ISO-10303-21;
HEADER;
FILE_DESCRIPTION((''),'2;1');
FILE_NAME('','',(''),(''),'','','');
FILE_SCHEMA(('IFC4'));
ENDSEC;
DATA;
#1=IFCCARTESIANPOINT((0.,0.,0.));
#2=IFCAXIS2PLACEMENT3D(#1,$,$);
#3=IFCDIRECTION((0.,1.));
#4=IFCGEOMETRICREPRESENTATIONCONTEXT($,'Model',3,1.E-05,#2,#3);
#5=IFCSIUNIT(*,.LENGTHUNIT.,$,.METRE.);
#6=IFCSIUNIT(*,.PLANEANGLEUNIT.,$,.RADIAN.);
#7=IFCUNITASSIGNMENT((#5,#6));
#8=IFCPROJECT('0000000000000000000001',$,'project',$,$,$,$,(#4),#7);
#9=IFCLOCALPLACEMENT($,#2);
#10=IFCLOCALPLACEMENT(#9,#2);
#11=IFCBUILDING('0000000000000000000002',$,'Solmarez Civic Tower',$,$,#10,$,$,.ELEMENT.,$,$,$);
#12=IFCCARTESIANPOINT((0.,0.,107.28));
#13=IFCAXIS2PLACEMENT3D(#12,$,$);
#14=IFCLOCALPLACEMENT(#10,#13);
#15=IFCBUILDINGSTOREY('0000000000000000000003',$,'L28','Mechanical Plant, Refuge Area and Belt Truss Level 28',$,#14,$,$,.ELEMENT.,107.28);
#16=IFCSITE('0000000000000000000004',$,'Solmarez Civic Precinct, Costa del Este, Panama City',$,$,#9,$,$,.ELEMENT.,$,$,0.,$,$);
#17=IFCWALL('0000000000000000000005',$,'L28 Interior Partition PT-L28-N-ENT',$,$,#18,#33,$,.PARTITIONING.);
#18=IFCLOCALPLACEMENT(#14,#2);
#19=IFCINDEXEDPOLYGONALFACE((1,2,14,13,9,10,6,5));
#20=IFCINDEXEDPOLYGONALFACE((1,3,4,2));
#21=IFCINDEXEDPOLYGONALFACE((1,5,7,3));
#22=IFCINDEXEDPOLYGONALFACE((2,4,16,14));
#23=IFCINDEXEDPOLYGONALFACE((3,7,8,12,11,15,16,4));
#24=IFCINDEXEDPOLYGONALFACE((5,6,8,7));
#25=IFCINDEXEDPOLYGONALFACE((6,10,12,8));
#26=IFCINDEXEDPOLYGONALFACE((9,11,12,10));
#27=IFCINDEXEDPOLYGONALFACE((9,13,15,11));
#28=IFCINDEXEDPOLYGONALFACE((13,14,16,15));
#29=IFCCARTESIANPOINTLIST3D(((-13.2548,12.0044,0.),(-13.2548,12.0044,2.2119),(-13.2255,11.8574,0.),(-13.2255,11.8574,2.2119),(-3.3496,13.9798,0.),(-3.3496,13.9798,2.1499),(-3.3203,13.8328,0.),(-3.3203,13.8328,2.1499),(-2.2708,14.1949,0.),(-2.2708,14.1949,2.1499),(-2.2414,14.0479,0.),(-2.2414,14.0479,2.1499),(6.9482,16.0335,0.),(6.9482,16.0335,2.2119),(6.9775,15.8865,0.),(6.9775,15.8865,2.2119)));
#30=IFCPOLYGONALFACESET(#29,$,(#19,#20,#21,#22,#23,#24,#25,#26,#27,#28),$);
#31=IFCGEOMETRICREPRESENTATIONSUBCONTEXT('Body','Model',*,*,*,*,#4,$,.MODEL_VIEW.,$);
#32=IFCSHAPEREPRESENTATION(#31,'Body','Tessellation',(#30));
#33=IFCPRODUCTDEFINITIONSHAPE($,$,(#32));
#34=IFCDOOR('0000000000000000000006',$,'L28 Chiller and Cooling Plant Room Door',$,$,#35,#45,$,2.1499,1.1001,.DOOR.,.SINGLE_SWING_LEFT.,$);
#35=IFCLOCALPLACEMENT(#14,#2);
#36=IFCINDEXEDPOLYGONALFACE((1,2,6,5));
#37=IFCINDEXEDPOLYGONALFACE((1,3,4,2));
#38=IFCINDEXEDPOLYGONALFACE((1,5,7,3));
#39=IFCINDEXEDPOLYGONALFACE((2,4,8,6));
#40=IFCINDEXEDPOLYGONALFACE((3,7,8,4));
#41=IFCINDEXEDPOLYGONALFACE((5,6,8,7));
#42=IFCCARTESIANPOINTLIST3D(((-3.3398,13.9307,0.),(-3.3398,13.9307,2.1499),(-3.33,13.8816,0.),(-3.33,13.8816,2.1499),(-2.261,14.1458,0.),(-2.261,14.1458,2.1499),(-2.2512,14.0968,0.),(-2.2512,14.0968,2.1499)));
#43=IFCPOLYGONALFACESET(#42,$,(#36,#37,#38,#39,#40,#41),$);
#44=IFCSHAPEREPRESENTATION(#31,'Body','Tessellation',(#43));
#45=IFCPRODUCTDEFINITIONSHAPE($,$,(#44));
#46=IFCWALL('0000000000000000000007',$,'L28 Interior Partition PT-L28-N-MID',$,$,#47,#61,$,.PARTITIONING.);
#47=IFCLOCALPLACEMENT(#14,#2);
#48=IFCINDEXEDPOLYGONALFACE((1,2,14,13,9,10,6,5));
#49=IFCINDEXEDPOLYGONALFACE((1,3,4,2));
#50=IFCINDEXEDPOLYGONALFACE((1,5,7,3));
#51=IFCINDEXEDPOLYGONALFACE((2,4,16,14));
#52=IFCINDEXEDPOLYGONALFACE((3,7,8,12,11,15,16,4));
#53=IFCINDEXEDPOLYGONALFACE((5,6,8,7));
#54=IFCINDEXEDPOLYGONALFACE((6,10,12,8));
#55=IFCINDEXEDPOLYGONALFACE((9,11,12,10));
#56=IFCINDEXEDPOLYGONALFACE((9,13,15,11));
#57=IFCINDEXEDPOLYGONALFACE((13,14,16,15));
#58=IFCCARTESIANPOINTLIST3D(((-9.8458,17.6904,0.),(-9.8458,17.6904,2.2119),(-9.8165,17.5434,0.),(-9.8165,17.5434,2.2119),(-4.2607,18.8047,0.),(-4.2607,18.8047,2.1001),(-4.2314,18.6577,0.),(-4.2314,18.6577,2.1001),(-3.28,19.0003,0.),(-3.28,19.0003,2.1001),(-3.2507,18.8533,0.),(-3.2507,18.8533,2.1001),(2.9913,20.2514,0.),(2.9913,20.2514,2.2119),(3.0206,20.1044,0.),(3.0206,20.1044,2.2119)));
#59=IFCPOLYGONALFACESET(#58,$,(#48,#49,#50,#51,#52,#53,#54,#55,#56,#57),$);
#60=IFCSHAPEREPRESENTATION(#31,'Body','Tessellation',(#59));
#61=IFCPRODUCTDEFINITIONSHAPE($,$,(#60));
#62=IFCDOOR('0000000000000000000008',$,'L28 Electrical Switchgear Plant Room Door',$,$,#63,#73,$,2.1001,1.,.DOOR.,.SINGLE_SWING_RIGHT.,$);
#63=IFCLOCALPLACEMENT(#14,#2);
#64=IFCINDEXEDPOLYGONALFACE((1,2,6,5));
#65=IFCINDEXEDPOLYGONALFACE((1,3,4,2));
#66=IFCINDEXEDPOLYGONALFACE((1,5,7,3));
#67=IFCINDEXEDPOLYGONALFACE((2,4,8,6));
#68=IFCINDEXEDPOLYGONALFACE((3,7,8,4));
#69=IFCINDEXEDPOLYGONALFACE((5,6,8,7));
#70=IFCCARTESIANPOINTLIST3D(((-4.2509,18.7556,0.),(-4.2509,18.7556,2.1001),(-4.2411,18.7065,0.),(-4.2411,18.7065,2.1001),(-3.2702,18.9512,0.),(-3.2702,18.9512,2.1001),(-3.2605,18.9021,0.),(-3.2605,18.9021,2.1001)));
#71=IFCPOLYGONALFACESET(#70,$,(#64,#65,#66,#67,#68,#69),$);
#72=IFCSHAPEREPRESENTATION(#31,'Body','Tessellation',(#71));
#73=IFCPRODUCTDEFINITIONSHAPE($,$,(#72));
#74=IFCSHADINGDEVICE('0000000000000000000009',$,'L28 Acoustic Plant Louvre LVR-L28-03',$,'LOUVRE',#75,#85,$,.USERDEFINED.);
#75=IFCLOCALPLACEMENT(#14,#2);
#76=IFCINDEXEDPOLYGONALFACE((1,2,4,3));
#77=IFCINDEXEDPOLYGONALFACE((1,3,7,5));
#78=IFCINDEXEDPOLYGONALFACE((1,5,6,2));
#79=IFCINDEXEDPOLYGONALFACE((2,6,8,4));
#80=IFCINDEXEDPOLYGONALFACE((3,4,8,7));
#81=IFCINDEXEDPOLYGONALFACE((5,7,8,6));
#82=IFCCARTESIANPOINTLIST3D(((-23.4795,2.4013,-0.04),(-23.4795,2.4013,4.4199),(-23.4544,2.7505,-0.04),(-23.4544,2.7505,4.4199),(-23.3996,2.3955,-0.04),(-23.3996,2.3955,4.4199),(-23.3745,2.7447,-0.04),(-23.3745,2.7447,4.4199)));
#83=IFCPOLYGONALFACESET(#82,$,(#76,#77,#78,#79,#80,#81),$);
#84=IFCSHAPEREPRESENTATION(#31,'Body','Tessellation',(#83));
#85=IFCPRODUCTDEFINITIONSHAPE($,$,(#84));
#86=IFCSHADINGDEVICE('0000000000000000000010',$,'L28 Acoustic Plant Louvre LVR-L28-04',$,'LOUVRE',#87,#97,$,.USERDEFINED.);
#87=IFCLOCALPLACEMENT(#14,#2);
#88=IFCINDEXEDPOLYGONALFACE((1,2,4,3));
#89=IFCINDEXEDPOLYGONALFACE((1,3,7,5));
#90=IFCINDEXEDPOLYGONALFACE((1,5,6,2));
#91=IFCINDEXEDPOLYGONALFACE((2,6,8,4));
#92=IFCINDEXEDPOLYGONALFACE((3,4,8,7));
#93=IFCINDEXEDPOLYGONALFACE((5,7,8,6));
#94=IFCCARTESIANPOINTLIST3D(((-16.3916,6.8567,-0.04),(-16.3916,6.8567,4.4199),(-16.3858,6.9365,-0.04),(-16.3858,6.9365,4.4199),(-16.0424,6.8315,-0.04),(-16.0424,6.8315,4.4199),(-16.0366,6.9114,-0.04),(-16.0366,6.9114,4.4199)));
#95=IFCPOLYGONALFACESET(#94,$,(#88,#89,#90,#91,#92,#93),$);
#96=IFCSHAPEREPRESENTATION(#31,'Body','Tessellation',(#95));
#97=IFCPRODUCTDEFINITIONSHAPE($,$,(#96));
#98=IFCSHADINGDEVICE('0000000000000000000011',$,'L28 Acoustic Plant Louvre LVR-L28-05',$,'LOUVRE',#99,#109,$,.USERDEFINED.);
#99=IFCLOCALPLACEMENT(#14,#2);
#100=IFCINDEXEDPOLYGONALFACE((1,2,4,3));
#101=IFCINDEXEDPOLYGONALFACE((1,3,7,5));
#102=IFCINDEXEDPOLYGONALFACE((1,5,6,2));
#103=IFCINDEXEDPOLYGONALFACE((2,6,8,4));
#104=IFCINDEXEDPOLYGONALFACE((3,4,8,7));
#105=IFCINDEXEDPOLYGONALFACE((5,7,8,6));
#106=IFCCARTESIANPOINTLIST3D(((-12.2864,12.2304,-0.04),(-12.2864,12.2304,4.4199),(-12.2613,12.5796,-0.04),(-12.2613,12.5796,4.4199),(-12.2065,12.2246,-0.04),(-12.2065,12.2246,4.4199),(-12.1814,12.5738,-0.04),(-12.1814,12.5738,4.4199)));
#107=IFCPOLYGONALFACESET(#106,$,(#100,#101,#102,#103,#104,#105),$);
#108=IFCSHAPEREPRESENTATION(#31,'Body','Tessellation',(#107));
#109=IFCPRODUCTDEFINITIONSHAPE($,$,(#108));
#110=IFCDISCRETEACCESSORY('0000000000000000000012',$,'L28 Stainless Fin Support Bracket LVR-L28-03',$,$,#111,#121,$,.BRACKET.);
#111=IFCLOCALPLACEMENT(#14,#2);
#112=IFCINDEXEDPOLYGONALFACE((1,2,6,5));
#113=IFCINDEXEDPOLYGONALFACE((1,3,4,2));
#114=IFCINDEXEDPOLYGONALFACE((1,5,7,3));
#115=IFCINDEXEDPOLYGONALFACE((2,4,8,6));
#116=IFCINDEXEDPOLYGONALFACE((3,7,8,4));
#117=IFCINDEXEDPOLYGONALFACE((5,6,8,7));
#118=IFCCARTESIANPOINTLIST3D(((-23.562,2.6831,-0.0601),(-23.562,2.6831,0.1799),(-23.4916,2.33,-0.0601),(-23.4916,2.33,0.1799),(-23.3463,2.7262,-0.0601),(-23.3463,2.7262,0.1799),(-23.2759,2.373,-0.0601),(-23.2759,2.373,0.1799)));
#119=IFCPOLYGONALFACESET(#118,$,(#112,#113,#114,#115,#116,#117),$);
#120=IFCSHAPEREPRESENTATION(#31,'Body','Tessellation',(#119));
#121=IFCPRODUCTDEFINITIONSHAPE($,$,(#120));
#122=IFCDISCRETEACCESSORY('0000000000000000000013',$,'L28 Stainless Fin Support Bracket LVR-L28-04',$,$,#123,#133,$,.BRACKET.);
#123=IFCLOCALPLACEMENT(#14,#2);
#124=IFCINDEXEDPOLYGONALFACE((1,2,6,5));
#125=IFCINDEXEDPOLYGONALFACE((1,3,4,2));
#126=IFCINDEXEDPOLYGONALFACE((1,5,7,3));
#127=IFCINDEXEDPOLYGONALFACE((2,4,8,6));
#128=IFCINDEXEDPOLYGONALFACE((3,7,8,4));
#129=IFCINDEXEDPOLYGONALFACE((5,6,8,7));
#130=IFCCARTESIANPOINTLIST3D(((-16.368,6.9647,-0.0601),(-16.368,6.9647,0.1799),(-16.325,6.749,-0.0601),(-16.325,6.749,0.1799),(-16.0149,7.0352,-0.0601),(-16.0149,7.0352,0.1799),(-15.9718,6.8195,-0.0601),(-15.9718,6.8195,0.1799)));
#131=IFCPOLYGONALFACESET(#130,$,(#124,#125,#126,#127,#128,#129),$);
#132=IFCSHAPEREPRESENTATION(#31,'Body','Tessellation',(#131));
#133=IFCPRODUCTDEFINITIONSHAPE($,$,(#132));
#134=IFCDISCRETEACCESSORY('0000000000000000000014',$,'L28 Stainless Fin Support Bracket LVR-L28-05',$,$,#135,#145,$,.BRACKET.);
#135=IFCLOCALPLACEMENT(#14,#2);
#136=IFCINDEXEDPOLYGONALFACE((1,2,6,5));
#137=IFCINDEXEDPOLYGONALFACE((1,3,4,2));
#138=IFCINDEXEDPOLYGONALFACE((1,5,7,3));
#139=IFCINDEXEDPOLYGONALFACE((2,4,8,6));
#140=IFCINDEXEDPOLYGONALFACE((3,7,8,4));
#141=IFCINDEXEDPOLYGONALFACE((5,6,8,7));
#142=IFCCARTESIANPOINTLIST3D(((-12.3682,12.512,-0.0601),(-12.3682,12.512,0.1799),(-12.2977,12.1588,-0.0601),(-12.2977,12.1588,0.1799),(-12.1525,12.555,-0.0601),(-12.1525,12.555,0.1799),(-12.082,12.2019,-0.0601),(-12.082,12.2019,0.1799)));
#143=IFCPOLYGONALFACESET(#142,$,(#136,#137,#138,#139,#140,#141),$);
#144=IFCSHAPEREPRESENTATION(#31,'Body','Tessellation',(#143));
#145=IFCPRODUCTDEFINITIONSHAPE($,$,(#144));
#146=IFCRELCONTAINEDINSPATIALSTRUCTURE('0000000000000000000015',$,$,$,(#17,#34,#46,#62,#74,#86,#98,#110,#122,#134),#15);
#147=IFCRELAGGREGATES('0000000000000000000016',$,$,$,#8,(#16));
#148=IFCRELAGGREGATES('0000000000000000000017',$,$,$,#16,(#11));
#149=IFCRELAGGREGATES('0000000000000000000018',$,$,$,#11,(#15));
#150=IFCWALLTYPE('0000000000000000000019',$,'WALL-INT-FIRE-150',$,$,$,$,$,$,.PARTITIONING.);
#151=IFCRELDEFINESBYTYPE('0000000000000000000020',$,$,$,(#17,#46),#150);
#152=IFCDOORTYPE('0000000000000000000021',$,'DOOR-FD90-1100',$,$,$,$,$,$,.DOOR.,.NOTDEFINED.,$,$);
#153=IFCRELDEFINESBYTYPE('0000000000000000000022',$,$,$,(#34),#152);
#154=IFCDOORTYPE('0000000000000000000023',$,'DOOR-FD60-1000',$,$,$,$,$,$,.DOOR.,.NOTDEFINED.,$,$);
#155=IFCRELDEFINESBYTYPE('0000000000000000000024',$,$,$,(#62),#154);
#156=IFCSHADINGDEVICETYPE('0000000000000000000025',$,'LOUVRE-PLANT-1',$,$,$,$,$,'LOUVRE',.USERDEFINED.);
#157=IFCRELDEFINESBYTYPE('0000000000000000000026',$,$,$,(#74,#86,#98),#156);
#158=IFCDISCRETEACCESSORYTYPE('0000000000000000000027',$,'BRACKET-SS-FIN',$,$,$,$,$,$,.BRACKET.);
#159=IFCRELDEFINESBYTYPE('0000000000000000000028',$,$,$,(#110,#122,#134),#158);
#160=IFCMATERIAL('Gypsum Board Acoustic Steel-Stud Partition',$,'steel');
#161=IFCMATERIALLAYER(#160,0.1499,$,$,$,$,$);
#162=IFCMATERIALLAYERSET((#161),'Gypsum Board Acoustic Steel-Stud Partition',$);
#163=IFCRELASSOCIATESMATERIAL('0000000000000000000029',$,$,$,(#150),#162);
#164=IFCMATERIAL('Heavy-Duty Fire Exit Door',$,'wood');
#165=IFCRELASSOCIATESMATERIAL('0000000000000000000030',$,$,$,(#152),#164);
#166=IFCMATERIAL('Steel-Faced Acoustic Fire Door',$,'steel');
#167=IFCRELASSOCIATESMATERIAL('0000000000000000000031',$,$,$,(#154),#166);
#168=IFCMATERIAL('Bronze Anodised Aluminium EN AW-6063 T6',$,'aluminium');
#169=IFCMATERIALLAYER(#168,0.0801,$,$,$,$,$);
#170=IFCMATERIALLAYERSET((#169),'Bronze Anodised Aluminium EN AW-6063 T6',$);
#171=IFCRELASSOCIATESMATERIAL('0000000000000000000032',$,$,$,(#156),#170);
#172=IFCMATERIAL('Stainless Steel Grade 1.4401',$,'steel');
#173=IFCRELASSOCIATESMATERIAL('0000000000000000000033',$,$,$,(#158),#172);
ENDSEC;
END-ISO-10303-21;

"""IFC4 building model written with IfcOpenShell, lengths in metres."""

from ifc_helpers import new_model, si_unit, direction, frame, frame_2d, origin, origin_2d, place, context, subcontext, project, spatial, rectangle, extrude, material, layer, layer_set, type_object, element, fill, save


model = new_model("IFC4")

# Units and contexts
model_context = context("Model", 3, precision=1e-05, world=origin(), true_north=direction((0.0, 1.0)))
body_context = subcontext(model_context, "Body", "Model", "MODEL_VIEW")
ifc_project = project(units=[si_unit("LENGTHUNIT", "METRE"), si_unit("PLANEANGLEUNIT", "RADIAN")], contexts=[model_context])

# Site, building, storey
site_placement = place(None, origin())
site = spatial("IfcSite", under=ifc_project, at=site_placement, Name="Solmarez Civic Precinct, Costa del Este, Panama City", CompositionType="ELEMENT", RefElevation=0.0)
building_placement = place(site_placement, origin())
building = spatial("IfcBuilding", under=site, at=building_placement, Name="Solmarez Civic Tower", CompositionType="ELEMENT")
storey_placement = place(building_placement, frame((0.0, 0.0, 107.28)))
storey = spatial("IfcBuildingStorey", under=building, at=storey_placement, Name="L28", Description="Mechanical Plant, Refuge Area and Belt Truss Level 28", CompositionType="ELEMENT", Elevation=107.28)

# Shared definitions
ifc_material_1 = material(Name="Gypsum Board Acoustic Steel-Stud Partition", Category="steel")
ifc_layer_1 = layer(ifc_material_1, 0.1499)
ifc_layer_set_1 = layer_set([ifc_layer_1], Name="Gypsum Board Acoustic Steel-Stud Partition")
wall_type_1 = type_object("IfcWallType", Name="WALL-INT-FIRE-150", PredefinedType="PARTITIONING", material=ifc_layer_set_1)

# Walls, openings, doors
wall_1_placement = place(storey_placement, frame((-13.24, 11.9309, 0.0), z_axis=(0.0, 0.0, 1.0), x_axis=(0.980688, 0.195578, 0.0)))
wall_1 = element("IfcWall", 1, at=wall_1_placement, inside=storey, type_object=wall_type_1, Name="L28 Interior Partition PT-L28-N-ENT", PredefinedType="PARTITIONING", context=body_context, shape_type="SweptSolid", body=[
    extrude(rectangle(XDim=20.6008, YDim=0.1499, at=frame_2d((10.3003, 0.0))), origin(), (0.0, 0.0, 1.0), 2.2119),
])
opening_1_placement = place(wall_1_placement, frame((10.1001, 0.0, 0.0)))
opening_1 = element("IfcOpeningElement", 2, at=opening_1_placement, cuts=wall_1, PredefinedType="OPENING", context=body_context, shape_type="SweptSolid", body=[
    extrude(rectangle(XDim=1.1001, YDim=2.1499, at=frame_2d((0.55, 1.075))), frame((0.0, 0.085, 0.0), z_axis=(0.0, -1.0, 0.0), x_axis=(1.0, 0.0, 0.0)), (0.0, 0.0, 1.0), 0.1699),
])
ifc_material_2 = material(Name="Heavy-Duty Fire Exit Door", Category="wood")
door_type_1 = type_object("IfcDoorType", Name="DOOR-FD90-1100", OperationType="NOTDEFINED", PredefinedType="DOOR", material=ifc_material_2)
door_1_placement = place(opening_1_placement, origin())
door_1 = element("IfcDoor", 3, at=door_1_placement, inside=storey, type_object=door_type_1, Name="L28 Chiller and Cooling Plant Room Door", OperationType="SINGLE_SWING_LEFT", OverallHeight=2.1499, OverallWidth=1.1001, PredefinedType="DOOR", context=body_context, shape_type="SweptSolid", body=[
    extrude(rectangle(XDim=1.1001, YDim=2.1499, at=frame_2d((0.55, 1.075))), frame((0.0, 0.0249, 0.0), z_axis=(0.0, -1.0, 0.0), x_axis=(1.0, 0.0, 0.0)), (0.0, 0.0, 1.0), 0.05),
])
fill(opening_1, door_1)
wall_2_placement = place(storey_placement, frame((-9.8311, 17.6169, 0.0), z_axis=(0.0, 0.0, 1.0), x_axis=(0.980675, 0.195646, 0.0)))
wall_2 = element("IfcWall", 4, at=wall_2_placement, inside=storey, type_object=wall_type_1, Name="L28 Interior Partition PT-L28-N-MID", PredefinedType="PARTITIONING", context=body_context, shape_type="SweptSolid", body=[
    extrude(rectangle(XDim=13.0901, YDim=0.1499, at=frame_2d((6.5449, 0.0))), origin(), (0.0, 0.0, 1.0), 2.2119),
])
opening_2_placement = place(wall_2_placement, frame((5.6951, 0.0, 0.0)))
opening_2 = element("IfcOpeningElement", 5, at=opening_2_placement, cuts=wall_2, PredefinedType="OPENING", context=body_context, shape_type="SweptSolid", body=[
    extrude(rectangle(XDim=1.0, YDim=2.1001, at=frame_2d((0.5, 1.05))), frame((0.0, 0.085, 0.0), z_axis=(0.0, -1.0, 0.0), x_axis=(1.0, 0.0, 0.0)), (0.0, 0.0, 1.0), 0.1699),
])
ifc_material_3 = material(Name="Steel-Faced Acoustic Fire Door", Category="steel")
door_type_2 = type_object("IfcDoorType", Name="DOOR-FD60-1000", OperationType="NOTDEFINED", PredefinedType="DOOR", material=ifc_material_3)
door_2_placement = place(opening_2_placement, origin())
door_2 = element("IfcDoor", 6, at=door_2_placement, inside=storey, type_object=door_type_2, Name="L28 Electrical Switchgear Plant Room Door", OperationType="SINGLE_SWING_RIGHT", OverallHeight=2.1001, OverallWidth=1.0, PredefinedType="DOOR", context=body_context, shape_type="SweptSolid", body=[
    extrude(rectangle(XDim=1.0, YDim=2.1001, at=frame_2d((0.5, 1.05))), frame((0.0, 0.0249, 0.0), z_axis=(0.0, -1.0, 0.0), x_axis=(1.0, 0.0, 0.0)), (0.0, 0.0, 1.0), 0.05),
])
fill(opening_2, door_2)

# Shading devices
ifc_material_4 = material(Name="Bronze Anodised Aluminium EN AW-6063 T6", Category="aluminium")
ifc_layer_2 = layer(ifc_material_4, 0.0801)
ifc_layer_set_2 = layer_set([ifc_layer_2], Name="Bronze Anodised Aluminium EN AW-6063 T6")
shading_device_type = type_object("IfcShadingDeviceType", Name="LOUVRE-PLANT-1", ElementType="LOUVRE", PredefinedType="USERDEFINED", material=ifc_layer_set_2)
for number, where, z_axis, x_axis, name in (
    (7, (-23.427, 2.573, -0.04), (0.0, 0.0, 1.0), (0.071846, 0.997416, 0.0), "L28 Acoustic Plant Louvre LVR-L28-03"),
    (8, (-16.2141, 6.884, -0.04), (0.0, 0.0, 1.0), (-0.997421, 0.071776, 0.0), "L28 Acoustic Plant Louvre LVR-L28-04"),
    (9, (-12.2339, 12.4021, -0.04), (0.0, 0.0, 1.0), (0.071793, 0.99742, 0.0), "L28 Acoustic Plant Louvre LVR-L28-05"),
):
    element("IfcShadingDevice", number, at=place(storey_placement, frame(where, z_axis=z_axis, x_axis=x_axis)), inside=storey, type_object=shading_device_type, Name=name, ObjectType="LOUVRE", PredefinedType="USERDEFINED", context=body_context, shape_type="SweptSolid", body=[
        extrude(rectangle(XDim=0.3501, YDim=0.0801, at=origin_2d()), origin(), (0.0, 0.0, 1.0), 4.46),
    ])

# Discrete accessories
ifc_material_5 = material(Name="Stainless Steel Grade 1.4401", Category="steel")
discrete_accessory_type = type_object("IfcDiscreteAccessoryType", Name="BRACKET-SS-FIN", PredefinedType="BRACKET", material=ifc_material_5)
for number, where, z_axis, x_axis, name in (
    (10, (-23.4189, 2.5281, -0.0601), (0.0, 0.0, 1.0), (-0.195604, 0.980683, 0.0), "L28 Stainless Fin Support Bracket LVR-L28-03"),
    (11, (-16.1699, 6.8921, -0.0601), (0.0, 0.0, 1.0), (-0.980671, -0.195664, 0.0), "L28 Stainless Fin Support Bracket LVR-L28-04"),
    (12, (-12.2251, 12.3569, -0.0601), (0.0, 0.0, 1.0), (-0.195654, 0.980673, 0.0), "L28 Stainless Fin Support Bracket LVR-L28-05"),
):
    element("IfcDiscreteAccessory", number, at=place(storey_placement, frame(where, z_axis=z_axis, x_axis=x_axis)), inside=storey, type_object=discrete_accessory_type, Name=name, PredefinedType="BRACKET", context=body_context, shape_type="SweptSolid", body=[
        extrude(rectangle(XDim=0.3601, YDim=0.22, at=origin_2d()), origin(), (0.0, 0.0, 1.0), 0.24),
    ])

save(model, "model.ifc")
